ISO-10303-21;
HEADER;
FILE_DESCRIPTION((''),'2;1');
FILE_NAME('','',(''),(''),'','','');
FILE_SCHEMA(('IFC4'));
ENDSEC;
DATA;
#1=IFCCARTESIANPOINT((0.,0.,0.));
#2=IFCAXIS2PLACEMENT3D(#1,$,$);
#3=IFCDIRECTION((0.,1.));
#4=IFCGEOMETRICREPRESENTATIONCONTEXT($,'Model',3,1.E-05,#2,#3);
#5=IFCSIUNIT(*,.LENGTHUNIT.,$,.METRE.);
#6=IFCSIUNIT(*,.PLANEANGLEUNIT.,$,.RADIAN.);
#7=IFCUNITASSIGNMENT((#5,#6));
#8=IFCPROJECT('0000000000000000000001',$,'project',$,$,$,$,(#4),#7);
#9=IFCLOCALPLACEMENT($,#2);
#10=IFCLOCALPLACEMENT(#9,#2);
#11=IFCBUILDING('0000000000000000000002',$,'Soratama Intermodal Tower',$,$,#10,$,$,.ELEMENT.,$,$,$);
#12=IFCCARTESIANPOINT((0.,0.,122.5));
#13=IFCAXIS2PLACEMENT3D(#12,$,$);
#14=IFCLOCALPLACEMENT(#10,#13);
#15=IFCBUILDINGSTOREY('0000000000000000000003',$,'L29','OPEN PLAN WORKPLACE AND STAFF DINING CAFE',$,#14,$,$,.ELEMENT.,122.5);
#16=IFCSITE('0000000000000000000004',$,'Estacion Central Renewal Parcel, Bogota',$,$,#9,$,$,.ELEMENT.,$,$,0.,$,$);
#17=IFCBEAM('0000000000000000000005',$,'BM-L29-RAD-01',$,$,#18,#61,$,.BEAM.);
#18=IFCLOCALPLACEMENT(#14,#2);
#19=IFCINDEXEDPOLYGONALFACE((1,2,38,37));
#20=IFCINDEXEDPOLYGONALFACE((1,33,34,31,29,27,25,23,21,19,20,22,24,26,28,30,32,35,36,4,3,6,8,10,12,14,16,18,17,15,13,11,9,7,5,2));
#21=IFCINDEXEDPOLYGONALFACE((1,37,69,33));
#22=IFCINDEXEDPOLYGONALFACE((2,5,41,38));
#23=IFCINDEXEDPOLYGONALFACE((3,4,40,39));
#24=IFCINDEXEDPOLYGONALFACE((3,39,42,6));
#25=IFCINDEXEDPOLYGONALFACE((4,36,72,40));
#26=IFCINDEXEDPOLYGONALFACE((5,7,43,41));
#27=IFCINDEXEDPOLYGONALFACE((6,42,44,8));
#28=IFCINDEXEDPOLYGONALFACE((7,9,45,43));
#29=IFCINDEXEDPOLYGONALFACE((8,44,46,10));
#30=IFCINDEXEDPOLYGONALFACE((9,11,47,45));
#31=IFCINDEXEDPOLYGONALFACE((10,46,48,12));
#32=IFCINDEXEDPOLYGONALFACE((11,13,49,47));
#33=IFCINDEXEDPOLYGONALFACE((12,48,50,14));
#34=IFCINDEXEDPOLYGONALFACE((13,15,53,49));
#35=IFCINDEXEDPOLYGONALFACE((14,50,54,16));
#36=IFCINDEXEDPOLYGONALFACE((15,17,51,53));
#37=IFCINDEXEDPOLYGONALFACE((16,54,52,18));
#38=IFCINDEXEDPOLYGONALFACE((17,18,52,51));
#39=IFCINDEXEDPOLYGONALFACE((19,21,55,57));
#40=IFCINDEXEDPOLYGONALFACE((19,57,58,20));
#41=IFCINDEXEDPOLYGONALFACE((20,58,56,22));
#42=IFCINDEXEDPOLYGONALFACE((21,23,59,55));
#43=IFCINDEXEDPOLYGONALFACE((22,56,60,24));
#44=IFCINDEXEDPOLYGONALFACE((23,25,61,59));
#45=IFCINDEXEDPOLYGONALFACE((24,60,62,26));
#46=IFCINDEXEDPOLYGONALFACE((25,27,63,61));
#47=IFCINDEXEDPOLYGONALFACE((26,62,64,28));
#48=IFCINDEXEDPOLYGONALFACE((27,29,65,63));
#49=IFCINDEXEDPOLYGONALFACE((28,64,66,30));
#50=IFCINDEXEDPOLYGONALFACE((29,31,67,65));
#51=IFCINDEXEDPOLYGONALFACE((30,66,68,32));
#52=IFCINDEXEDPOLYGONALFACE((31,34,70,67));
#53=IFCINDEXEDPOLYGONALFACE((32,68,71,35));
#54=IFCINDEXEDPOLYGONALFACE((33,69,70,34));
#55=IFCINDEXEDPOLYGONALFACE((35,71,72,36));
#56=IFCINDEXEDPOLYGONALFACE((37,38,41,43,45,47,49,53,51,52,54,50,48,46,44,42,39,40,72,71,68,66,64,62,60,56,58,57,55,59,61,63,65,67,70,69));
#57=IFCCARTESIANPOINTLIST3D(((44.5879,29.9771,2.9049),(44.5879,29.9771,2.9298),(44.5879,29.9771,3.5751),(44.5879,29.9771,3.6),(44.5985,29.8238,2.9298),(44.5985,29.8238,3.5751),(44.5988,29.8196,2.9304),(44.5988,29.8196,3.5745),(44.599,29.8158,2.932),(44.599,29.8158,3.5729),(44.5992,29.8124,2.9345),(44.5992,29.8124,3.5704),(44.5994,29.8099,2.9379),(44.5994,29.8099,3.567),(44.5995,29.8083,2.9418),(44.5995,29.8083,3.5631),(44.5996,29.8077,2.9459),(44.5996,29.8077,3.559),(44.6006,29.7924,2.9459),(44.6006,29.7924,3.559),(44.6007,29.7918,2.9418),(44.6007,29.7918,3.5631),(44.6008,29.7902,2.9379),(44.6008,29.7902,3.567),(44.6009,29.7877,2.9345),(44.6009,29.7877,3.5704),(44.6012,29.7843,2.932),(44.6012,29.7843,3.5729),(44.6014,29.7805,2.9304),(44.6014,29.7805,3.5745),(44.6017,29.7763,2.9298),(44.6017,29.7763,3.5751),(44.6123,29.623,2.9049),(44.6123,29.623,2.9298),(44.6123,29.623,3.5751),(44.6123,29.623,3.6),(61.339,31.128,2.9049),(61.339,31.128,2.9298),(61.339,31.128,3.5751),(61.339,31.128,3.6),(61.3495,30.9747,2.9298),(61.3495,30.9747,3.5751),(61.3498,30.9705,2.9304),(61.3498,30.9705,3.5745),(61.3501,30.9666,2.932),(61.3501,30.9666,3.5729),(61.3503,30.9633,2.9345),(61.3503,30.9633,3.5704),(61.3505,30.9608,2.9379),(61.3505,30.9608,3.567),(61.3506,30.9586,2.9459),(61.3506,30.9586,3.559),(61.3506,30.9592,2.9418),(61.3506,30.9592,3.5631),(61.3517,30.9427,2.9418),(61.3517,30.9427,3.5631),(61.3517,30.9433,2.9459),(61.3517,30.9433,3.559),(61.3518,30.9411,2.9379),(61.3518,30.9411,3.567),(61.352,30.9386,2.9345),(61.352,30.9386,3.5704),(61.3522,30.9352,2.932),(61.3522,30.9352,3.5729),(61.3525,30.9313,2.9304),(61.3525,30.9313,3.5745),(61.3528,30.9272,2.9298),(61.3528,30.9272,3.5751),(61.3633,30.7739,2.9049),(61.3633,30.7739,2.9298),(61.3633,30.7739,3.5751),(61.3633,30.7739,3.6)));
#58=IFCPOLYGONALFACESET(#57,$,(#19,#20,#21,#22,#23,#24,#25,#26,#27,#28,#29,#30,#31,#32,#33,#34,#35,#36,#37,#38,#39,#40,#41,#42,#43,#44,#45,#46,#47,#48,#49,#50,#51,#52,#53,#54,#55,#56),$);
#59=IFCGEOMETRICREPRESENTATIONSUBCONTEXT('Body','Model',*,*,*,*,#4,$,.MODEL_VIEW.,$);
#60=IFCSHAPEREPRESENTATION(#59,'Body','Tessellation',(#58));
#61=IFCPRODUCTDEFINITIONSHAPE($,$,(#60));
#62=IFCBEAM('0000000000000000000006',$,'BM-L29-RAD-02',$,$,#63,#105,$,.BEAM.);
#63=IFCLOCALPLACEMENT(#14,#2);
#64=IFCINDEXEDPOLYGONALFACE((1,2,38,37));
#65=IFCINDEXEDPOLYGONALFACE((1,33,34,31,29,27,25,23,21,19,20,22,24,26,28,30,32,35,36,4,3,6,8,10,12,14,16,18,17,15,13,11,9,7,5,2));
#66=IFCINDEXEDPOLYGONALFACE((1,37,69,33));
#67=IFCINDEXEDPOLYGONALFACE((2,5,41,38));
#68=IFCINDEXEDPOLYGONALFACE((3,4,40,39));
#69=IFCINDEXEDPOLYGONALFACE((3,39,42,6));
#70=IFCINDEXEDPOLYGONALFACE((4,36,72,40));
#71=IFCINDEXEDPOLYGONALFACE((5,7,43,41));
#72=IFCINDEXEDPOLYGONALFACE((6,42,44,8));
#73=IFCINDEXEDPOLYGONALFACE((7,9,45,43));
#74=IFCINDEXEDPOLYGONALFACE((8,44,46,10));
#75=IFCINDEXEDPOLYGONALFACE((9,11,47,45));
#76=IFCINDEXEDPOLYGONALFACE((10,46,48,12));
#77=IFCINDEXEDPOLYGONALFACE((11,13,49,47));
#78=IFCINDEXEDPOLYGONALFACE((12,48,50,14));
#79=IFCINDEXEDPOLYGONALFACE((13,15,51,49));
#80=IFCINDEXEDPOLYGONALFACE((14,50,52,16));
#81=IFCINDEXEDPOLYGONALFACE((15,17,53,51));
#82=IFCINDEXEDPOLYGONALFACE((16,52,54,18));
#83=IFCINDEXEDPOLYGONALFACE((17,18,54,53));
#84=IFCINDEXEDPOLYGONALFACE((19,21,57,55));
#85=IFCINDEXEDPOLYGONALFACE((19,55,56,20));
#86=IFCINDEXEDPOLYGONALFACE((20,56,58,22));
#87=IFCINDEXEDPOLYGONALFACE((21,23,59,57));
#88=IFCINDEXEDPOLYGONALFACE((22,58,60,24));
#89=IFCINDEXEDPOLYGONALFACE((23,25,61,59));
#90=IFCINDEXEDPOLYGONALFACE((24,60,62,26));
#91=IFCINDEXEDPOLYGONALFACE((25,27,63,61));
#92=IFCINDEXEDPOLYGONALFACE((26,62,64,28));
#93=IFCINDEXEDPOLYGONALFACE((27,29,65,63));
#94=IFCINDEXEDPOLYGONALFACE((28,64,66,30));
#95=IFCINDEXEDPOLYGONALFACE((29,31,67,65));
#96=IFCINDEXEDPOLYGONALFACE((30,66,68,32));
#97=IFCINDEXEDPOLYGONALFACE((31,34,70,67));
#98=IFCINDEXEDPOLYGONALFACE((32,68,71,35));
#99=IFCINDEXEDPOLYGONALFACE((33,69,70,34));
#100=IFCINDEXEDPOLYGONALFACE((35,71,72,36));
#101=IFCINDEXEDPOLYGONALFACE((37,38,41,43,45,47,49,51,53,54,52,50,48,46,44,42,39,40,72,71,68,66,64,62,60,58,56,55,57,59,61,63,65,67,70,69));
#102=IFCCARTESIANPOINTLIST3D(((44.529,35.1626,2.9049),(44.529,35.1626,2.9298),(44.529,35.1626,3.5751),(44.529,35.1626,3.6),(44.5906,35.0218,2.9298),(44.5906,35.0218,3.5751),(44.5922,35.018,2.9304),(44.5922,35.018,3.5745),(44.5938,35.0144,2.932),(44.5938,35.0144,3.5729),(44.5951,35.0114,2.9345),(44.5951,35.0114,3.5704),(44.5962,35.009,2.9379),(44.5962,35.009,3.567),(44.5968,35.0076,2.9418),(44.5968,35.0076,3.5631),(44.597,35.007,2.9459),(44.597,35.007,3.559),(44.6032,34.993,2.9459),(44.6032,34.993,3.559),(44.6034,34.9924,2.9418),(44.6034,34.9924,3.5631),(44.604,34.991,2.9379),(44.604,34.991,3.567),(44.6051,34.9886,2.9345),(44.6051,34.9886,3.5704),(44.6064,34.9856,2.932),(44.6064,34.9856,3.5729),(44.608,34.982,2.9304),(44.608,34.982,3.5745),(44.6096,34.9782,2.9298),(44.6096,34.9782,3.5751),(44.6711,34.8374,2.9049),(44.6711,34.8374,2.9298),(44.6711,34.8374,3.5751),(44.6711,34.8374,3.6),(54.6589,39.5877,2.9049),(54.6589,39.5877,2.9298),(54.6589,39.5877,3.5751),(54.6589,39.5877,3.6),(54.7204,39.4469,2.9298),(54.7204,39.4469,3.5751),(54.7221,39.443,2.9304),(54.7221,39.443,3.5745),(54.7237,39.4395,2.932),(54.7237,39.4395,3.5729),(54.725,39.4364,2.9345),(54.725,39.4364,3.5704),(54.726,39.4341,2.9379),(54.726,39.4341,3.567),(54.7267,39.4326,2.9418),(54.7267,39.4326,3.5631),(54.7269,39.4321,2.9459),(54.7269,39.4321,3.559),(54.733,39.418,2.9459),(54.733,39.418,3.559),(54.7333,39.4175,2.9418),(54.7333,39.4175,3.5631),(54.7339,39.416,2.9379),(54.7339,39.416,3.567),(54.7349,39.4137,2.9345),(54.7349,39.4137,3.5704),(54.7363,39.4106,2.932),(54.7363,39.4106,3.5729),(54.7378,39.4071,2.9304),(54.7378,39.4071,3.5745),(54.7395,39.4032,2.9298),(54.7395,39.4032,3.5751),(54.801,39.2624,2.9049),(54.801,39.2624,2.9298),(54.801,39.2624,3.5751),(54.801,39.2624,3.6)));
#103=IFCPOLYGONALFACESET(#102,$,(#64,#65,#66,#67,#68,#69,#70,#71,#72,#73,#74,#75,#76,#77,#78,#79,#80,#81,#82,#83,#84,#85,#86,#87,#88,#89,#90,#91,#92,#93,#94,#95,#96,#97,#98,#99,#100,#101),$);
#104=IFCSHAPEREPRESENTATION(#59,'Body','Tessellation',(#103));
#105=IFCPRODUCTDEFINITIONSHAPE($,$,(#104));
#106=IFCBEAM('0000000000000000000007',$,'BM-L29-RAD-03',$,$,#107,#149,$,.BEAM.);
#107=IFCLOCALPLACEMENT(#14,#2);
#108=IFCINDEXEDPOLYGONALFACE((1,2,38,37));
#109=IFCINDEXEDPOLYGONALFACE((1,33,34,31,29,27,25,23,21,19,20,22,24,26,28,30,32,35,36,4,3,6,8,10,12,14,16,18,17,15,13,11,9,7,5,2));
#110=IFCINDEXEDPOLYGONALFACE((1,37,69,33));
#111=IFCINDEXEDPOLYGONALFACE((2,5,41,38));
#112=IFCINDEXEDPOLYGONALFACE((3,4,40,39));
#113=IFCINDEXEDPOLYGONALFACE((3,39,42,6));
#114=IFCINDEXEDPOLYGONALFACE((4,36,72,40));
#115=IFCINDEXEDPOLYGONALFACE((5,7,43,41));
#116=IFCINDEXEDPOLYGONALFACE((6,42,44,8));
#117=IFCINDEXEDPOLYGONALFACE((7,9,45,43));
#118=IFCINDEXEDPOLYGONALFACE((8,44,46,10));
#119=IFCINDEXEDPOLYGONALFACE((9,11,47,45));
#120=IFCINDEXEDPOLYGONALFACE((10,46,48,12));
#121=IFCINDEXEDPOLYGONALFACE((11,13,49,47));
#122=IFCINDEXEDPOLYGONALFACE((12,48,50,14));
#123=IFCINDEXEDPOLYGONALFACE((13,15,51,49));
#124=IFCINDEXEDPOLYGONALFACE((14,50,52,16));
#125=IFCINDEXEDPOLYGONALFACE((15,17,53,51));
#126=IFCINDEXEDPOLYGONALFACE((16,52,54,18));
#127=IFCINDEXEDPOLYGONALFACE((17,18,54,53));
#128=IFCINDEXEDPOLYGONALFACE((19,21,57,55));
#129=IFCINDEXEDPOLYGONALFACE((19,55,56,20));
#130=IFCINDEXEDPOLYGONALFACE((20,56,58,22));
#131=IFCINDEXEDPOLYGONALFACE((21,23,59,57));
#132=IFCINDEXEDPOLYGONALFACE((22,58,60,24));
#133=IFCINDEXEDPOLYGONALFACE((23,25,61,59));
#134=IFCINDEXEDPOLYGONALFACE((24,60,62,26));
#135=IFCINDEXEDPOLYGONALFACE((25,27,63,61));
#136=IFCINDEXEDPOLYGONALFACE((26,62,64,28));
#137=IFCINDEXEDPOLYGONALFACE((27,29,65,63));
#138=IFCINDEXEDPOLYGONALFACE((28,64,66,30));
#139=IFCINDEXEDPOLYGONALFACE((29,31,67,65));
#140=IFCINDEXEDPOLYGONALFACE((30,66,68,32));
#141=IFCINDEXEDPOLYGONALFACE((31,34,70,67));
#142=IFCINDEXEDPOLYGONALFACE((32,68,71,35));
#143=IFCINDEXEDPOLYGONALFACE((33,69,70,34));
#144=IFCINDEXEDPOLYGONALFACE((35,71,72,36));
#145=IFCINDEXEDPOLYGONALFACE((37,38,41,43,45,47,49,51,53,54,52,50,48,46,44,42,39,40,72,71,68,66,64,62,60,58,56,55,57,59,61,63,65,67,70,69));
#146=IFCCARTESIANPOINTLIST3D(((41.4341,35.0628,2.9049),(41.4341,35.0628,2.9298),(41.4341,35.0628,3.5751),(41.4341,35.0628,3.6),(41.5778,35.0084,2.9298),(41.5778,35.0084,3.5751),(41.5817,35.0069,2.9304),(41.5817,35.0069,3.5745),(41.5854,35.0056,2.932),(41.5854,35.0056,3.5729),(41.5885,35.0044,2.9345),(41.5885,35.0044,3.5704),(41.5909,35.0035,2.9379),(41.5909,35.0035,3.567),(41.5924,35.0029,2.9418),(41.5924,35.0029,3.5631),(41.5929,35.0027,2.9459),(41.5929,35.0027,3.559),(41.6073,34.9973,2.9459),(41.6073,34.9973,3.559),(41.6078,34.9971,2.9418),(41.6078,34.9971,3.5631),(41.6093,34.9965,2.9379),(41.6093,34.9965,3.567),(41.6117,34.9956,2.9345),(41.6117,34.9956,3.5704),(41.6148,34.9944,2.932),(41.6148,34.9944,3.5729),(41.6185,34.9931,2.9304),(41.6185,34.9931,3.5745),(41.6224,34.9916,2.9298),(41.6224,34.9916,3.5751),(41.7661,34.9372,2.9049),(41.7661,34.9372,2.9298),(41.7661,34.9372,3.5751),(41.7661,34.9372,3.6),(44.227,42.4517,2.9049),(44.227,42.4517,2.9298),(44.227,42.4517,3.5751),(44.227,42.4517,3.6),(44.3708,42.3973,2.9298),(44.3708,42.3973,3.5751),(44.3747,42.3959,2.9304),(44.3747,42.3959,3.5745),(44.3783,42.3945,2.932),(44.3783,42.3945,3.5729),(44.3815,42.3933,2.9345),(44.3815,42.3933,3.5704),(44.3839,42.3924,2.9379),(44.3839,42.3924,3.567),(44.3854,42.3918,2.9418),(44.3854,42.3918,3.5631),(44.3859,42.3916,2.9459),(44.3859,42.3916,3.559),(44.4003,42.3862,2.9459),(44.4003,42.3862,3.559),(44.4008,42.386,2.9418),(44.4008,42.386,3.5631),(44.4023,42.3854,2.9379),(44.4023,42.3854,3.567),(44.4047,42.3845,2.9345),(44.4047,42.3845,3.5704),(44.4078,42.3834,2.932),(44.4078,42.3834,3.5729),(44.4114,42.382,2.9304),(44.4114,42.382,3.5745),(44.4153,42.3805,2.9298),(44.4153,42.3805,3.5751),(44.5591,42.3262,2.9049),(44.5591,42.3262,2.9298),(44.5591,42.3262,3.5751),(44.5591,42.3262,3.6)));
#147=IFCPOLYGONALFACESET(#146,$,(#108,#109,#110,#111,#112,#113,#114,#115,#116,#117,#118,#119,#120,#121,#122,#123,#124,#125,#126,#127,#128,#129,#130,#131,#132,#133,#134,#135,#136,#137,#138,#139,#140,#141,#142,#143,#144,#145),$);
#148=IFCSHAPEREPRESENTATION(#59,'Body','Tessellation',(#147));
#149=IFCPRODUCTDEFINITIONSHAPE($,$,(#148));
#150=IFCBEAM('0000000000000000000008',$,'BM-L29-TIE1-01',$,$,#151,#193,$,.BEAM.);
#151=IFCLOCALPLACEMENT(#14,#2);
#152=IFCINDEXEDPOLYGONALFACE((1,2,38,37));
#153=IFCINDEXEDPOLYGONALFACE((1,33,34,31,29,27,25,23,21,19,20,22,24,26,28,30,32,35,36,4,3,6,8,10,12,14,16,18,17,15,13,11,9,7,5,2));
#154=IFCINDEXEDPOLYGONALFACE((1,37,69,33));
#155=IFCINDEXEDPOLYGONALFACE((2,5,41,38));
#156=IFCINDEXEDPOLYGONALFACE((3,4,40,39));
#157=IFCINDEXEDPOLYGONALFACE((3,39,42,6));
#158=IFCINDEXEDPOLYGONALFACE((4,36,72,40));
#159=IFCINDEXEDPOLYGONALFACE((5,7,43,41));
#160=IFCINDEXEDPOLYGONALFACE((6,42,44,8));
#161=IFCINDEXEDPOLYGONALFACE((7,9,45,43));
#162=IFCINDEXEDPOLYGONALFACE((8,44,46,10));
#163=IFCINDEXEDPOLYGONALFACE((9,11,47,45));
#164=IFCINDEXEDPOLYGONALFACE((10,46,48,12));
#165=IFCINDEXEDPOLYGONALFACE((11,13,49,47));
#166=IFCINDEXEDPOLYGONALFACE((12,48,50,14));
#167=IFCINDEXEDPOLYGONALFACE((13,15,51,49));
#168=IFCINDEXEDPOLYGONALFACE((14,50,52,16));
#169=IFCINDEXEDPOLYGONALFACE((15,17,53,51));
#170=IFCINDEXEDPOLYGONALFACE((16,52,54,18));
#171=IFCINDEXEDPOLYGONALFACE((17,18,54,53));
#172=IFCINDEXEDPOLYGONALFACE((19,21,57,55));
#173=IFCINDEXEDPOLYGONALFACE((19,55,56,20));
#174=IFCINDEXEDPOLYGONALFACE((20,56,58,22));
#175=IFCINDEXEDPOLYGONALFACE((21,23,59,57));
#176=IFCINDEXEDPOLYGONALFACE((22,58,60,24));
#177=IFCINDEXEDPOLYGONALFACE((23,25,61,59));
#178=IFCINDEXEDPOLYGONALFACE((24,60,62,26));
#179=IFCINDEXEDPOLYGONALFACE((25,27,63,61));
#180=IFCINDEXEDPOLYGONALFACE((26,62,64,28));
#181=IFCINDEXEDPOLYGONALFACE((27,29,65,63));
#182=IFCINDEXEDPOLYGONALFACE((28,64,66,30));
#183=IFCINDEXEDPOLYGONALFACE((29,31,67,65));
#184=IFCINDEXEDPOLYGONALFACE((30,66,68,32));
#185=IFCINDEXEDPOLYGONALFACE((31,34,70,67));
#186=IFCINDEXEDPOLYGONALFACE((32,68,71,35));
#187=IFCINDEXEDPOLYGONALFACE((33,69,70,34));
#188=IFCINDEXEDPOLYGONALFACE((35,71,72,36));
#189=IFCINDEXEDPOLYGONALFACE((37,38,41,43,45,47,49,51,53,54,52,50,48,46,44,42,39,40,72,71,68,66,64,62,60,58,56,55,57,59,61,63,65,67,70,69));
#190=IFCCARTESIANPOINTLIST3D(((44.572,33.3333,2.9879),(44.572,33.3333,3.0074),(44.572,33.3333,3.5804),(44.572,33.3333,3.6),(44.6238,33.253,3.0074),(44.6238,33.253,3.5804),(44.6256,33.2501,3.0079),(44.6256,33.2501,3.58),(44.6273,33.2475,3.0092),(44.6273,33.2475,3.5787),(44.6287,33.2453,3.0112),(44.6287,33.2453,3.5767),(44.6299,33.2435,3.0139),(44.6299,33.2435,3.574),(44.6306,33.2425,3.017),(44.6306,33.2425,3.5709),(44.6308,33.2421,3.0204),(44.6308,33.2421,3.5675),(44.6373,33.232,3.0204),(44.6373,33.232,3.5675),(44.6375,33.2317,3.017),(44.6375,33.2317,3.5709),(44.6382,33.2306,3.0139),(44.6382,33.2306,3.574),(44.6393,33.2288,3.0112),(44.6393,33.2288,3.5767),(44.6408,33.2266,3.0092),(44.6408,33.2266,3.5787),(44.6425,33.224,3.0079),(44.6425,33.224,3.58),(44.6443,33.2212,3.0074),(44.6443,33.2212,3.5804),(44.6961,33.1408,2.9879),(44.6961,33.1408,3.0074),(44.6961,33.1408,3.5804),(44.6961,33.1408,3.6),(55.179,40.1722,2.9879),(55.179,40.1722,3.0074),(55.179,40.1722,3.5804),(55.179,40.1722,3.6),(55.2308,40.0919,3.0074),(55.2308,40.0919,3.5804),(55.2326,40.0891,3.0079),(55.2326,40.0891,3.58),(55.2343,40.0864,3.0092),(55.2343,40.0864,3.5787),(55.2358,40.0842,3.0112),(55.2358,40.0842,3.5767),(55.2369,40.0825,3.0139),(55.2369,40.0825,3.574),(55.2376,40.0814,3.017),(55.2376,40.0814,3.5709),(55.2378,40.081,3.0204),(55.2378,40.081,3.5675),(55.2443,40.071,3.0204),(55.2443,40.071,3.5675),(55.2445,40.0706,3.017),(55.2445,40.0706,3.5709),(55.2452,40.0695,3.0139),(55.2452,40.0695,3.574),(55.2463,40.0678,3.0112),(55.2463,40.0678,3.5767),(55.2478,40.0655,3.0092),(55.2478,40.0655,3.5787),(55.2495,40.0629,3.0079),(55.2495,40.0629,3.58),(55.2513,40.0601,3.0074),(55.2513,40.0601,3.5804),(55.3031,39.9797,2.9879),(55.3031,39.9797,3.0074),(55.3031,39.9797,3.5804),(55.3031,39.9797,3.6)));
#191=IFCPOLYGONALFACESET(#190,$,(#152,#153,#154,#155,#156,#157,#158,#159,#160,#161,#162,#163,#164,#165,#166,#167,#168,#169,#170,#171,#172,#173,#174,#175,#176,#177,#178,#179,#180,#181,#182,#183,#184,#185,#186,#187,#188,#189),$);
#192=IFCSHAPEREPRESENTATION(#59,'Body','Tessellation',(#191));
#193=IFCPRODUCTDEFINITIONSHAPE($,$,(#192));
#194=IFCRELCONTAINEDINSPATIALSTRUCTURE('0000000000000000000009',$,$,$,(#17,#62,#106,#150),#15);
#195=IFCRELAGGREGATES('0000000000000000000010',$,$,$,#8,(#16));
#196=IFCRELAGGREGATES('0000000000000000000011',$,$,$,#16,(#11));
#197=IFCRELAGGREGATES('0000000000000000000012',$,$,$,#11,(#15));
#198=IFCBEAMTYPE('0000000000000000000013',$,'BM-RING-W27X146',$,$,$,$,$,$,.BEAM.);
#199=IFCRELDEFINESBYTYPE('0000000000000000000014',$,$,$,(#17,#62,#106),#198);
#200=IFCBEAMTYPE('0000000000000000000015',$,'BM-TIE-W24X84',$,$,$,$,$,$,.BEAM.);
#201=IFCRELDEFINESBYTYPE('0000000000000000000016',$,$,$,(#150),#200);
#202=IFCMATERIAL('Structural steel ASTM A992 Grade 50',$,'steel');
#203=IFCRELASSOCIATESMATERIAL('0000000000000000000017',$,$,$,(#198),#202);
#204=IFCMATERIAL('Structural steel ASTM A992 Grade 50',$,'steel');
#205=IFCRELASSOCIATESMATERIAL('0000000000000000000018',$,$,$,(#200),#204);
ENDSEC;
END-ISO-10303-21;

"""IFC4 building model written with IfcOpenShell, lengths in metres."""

from ifc_helpers import new_model, si_unit, direction, frame, origin, origin_2d, place, context, subcontext, project, spatial, i_section, extrude, material, material_profile, profile_set, type_object, element, save


model = new_model("IFC4")

# Units and contexts
model_context = context("Model", 3, precision=1e-05, world=origin(), true_north=direction((0.0, 1.0)))
body_context = subcontext(model_context, "Body", "Model", "MODEL_VIEW")
ifc_project = project(units=[si_unit("LENGTHUNIT", "METRE"), si_unit("PLANEANGLEUNIT", "RADIAN")], contexts=[model_context])

# Site, building, storey
site_placement = place(None, origin())
site = spatial("IfcSite", under=ifc_project, at=site_placement, Name="Estacion Central Renewal Parcel, Bogota", CompositionType="ELEMENT", RefElevation=0.0)
building_placement = place(site_placement, origin())
building = spatial("IfcBuilding", under=site, at=building_placement, Name="Soratama Intermodal Tower", CompositionType="ELEMENT")
storey_placement = place(building_placement, frame((0.0, 0.0, 122.5)))
storey = spatial("IfcBuildingStorey", under=building, at=storey_placement, Name="L29", Description="OPEN PLAN WORKPLACE AND STAFF DINING CAFE", CompositionType="ELEMENT", Elevation=122.5)

# Beams
ifc_material_1 = material(Name="Structural steel ASTM A992 Grade 50", Category="steel")
ifc_material_profile_1 = material_profile(ifc_material_1, i_section(OverallWidth=0.355, OverallDepth=0.6951, WebThickness=0.0154, FlangeThickness=0.0249, FilletRadius=0.0161, at=origin_2d()), Name="W27X146")
ifc_profile_set_1 = profile_set([ifc_material_profile_1], Name="Structural steel ASTM A992 Grade 50")
beam_type_1 = type_object("IfcBeamType", Name="BM-RING-W27X146", PredefinedType="BEAM", material=ifc_profile_set_1)
beam_1_placement = place(storey_placement, frame((44.6001, 29.8, 3.2524), z_axis=(0.997648, 0.068544, 0.0), x_axis=(-0.068544, 0.997648, 0.0)))
element("IfcBeam", 1, at=beam_1_placement, inside=storey, type_object=beam_type_1, Name="BM-L29-RAD-01", PredefinedType="BEAM", context=body_context, shape_type="SweptSolid", body=[
    extrude(i_section(OverallWidth=0.355, OverallDepth=0.6951, WebThickness=0.0154, FlangeThickness=0.0249, FilletRadius=0.0161, at=origin_2d()), origin(), (0.0, 0.0, 1.0), 16.7905),
])
beam_2_placement = place(storey_placement, frame((44.6001, 35.0, 3.2524), z_axis=(0.916382, 0.400304, 0.0), x_axis=(-0.400304, 0.916382, 0.0)))
element("IfcBeam", 2, at=beam_2_placement, inside=storey, type_object=beam_type_1, Name="BM-L29-RAD-02", PredefinedType="BEAM", context=body_context, shape_type="SweptSolid", body=[
    extrude(i_section(OverallWidth=0.355, OverallDepth=0.6951, WebThickness=0.0154, FlangeThickness=0.0249, FilletRadius=0.0161, at=origin_2d()), origin(), (0.0, 0.0, 1.0), 11.0542),
])
beam_3_placement = place(storey_placement, frame((41.6001, 35.0, 3.2524), z_axis=(0.353578, 0.935405, 0.0), x_axis=(-0.935405, 0.353578, 0.0)))
element("IfcBeam", 3, at=beam_3_placement, inside=storey, type_object=beam_type_1, Name="BM-L29-RAD-03", PredefinedType="BEAM", context=body_context, shape_type="SweptSolid", body=[
    extrude(i_section(OverallWidth=0.355, OverallDepth=0.6951, WebThickness=0.0154, FlangeThickness=0.0249, FilletRadius=0.0161, at=origin_2d()), origin(), (0.0, 0.0, 1.0), 7.8992),
])
ifc_material_2 = material(Name="Structural steel ASTM A992 Grade 50", Category="steel")
ifc_material_profile_2 = material_profile(ifc_material_2, i_section(OverallWidth=0.229, OverallDepth=0.6121, WebThickness=0.012, FlangeThickness=0.0195, FilletRadius=0.0129, at=origin_2d()), Name="W24X84")
ifc_profile_set_2 = profile_set([ifc_material_profile_2], Name="Structural steel ASTM A992 Grade 50")
beam_type_2 = type_object("IfcBeamType", Name="BM-TIE-W24X84", PredefinedType="BEAM", material=ifc_profile_set_2)
beam_4_placement = place(storey_placement, frame((44.634, 33.2371, 3.2939), z_axis=(0.840452, 0.541885, 0.0), x_axis=(-0.541885, 0.840452, 0.0)))
element("IfcBeam", 4, at=beam_4_placement, inside=storey, type_object=beam_type_2, Name="BM-L29-TIE1-01", PredefinedType="BEAM", context=body_context, shape_type="SweptSolid", body=[
    extrude(i_section(OverallWidth=0.229, OverallDepth=0.6121, WebThickness=0.012, FlangeThickness=0.0195, FilletRadius=0.0129, at=origin_2d()), origin(), (0.0, 0.0, 1.0), 12.6206),
])

save(model, "model.ifc")
